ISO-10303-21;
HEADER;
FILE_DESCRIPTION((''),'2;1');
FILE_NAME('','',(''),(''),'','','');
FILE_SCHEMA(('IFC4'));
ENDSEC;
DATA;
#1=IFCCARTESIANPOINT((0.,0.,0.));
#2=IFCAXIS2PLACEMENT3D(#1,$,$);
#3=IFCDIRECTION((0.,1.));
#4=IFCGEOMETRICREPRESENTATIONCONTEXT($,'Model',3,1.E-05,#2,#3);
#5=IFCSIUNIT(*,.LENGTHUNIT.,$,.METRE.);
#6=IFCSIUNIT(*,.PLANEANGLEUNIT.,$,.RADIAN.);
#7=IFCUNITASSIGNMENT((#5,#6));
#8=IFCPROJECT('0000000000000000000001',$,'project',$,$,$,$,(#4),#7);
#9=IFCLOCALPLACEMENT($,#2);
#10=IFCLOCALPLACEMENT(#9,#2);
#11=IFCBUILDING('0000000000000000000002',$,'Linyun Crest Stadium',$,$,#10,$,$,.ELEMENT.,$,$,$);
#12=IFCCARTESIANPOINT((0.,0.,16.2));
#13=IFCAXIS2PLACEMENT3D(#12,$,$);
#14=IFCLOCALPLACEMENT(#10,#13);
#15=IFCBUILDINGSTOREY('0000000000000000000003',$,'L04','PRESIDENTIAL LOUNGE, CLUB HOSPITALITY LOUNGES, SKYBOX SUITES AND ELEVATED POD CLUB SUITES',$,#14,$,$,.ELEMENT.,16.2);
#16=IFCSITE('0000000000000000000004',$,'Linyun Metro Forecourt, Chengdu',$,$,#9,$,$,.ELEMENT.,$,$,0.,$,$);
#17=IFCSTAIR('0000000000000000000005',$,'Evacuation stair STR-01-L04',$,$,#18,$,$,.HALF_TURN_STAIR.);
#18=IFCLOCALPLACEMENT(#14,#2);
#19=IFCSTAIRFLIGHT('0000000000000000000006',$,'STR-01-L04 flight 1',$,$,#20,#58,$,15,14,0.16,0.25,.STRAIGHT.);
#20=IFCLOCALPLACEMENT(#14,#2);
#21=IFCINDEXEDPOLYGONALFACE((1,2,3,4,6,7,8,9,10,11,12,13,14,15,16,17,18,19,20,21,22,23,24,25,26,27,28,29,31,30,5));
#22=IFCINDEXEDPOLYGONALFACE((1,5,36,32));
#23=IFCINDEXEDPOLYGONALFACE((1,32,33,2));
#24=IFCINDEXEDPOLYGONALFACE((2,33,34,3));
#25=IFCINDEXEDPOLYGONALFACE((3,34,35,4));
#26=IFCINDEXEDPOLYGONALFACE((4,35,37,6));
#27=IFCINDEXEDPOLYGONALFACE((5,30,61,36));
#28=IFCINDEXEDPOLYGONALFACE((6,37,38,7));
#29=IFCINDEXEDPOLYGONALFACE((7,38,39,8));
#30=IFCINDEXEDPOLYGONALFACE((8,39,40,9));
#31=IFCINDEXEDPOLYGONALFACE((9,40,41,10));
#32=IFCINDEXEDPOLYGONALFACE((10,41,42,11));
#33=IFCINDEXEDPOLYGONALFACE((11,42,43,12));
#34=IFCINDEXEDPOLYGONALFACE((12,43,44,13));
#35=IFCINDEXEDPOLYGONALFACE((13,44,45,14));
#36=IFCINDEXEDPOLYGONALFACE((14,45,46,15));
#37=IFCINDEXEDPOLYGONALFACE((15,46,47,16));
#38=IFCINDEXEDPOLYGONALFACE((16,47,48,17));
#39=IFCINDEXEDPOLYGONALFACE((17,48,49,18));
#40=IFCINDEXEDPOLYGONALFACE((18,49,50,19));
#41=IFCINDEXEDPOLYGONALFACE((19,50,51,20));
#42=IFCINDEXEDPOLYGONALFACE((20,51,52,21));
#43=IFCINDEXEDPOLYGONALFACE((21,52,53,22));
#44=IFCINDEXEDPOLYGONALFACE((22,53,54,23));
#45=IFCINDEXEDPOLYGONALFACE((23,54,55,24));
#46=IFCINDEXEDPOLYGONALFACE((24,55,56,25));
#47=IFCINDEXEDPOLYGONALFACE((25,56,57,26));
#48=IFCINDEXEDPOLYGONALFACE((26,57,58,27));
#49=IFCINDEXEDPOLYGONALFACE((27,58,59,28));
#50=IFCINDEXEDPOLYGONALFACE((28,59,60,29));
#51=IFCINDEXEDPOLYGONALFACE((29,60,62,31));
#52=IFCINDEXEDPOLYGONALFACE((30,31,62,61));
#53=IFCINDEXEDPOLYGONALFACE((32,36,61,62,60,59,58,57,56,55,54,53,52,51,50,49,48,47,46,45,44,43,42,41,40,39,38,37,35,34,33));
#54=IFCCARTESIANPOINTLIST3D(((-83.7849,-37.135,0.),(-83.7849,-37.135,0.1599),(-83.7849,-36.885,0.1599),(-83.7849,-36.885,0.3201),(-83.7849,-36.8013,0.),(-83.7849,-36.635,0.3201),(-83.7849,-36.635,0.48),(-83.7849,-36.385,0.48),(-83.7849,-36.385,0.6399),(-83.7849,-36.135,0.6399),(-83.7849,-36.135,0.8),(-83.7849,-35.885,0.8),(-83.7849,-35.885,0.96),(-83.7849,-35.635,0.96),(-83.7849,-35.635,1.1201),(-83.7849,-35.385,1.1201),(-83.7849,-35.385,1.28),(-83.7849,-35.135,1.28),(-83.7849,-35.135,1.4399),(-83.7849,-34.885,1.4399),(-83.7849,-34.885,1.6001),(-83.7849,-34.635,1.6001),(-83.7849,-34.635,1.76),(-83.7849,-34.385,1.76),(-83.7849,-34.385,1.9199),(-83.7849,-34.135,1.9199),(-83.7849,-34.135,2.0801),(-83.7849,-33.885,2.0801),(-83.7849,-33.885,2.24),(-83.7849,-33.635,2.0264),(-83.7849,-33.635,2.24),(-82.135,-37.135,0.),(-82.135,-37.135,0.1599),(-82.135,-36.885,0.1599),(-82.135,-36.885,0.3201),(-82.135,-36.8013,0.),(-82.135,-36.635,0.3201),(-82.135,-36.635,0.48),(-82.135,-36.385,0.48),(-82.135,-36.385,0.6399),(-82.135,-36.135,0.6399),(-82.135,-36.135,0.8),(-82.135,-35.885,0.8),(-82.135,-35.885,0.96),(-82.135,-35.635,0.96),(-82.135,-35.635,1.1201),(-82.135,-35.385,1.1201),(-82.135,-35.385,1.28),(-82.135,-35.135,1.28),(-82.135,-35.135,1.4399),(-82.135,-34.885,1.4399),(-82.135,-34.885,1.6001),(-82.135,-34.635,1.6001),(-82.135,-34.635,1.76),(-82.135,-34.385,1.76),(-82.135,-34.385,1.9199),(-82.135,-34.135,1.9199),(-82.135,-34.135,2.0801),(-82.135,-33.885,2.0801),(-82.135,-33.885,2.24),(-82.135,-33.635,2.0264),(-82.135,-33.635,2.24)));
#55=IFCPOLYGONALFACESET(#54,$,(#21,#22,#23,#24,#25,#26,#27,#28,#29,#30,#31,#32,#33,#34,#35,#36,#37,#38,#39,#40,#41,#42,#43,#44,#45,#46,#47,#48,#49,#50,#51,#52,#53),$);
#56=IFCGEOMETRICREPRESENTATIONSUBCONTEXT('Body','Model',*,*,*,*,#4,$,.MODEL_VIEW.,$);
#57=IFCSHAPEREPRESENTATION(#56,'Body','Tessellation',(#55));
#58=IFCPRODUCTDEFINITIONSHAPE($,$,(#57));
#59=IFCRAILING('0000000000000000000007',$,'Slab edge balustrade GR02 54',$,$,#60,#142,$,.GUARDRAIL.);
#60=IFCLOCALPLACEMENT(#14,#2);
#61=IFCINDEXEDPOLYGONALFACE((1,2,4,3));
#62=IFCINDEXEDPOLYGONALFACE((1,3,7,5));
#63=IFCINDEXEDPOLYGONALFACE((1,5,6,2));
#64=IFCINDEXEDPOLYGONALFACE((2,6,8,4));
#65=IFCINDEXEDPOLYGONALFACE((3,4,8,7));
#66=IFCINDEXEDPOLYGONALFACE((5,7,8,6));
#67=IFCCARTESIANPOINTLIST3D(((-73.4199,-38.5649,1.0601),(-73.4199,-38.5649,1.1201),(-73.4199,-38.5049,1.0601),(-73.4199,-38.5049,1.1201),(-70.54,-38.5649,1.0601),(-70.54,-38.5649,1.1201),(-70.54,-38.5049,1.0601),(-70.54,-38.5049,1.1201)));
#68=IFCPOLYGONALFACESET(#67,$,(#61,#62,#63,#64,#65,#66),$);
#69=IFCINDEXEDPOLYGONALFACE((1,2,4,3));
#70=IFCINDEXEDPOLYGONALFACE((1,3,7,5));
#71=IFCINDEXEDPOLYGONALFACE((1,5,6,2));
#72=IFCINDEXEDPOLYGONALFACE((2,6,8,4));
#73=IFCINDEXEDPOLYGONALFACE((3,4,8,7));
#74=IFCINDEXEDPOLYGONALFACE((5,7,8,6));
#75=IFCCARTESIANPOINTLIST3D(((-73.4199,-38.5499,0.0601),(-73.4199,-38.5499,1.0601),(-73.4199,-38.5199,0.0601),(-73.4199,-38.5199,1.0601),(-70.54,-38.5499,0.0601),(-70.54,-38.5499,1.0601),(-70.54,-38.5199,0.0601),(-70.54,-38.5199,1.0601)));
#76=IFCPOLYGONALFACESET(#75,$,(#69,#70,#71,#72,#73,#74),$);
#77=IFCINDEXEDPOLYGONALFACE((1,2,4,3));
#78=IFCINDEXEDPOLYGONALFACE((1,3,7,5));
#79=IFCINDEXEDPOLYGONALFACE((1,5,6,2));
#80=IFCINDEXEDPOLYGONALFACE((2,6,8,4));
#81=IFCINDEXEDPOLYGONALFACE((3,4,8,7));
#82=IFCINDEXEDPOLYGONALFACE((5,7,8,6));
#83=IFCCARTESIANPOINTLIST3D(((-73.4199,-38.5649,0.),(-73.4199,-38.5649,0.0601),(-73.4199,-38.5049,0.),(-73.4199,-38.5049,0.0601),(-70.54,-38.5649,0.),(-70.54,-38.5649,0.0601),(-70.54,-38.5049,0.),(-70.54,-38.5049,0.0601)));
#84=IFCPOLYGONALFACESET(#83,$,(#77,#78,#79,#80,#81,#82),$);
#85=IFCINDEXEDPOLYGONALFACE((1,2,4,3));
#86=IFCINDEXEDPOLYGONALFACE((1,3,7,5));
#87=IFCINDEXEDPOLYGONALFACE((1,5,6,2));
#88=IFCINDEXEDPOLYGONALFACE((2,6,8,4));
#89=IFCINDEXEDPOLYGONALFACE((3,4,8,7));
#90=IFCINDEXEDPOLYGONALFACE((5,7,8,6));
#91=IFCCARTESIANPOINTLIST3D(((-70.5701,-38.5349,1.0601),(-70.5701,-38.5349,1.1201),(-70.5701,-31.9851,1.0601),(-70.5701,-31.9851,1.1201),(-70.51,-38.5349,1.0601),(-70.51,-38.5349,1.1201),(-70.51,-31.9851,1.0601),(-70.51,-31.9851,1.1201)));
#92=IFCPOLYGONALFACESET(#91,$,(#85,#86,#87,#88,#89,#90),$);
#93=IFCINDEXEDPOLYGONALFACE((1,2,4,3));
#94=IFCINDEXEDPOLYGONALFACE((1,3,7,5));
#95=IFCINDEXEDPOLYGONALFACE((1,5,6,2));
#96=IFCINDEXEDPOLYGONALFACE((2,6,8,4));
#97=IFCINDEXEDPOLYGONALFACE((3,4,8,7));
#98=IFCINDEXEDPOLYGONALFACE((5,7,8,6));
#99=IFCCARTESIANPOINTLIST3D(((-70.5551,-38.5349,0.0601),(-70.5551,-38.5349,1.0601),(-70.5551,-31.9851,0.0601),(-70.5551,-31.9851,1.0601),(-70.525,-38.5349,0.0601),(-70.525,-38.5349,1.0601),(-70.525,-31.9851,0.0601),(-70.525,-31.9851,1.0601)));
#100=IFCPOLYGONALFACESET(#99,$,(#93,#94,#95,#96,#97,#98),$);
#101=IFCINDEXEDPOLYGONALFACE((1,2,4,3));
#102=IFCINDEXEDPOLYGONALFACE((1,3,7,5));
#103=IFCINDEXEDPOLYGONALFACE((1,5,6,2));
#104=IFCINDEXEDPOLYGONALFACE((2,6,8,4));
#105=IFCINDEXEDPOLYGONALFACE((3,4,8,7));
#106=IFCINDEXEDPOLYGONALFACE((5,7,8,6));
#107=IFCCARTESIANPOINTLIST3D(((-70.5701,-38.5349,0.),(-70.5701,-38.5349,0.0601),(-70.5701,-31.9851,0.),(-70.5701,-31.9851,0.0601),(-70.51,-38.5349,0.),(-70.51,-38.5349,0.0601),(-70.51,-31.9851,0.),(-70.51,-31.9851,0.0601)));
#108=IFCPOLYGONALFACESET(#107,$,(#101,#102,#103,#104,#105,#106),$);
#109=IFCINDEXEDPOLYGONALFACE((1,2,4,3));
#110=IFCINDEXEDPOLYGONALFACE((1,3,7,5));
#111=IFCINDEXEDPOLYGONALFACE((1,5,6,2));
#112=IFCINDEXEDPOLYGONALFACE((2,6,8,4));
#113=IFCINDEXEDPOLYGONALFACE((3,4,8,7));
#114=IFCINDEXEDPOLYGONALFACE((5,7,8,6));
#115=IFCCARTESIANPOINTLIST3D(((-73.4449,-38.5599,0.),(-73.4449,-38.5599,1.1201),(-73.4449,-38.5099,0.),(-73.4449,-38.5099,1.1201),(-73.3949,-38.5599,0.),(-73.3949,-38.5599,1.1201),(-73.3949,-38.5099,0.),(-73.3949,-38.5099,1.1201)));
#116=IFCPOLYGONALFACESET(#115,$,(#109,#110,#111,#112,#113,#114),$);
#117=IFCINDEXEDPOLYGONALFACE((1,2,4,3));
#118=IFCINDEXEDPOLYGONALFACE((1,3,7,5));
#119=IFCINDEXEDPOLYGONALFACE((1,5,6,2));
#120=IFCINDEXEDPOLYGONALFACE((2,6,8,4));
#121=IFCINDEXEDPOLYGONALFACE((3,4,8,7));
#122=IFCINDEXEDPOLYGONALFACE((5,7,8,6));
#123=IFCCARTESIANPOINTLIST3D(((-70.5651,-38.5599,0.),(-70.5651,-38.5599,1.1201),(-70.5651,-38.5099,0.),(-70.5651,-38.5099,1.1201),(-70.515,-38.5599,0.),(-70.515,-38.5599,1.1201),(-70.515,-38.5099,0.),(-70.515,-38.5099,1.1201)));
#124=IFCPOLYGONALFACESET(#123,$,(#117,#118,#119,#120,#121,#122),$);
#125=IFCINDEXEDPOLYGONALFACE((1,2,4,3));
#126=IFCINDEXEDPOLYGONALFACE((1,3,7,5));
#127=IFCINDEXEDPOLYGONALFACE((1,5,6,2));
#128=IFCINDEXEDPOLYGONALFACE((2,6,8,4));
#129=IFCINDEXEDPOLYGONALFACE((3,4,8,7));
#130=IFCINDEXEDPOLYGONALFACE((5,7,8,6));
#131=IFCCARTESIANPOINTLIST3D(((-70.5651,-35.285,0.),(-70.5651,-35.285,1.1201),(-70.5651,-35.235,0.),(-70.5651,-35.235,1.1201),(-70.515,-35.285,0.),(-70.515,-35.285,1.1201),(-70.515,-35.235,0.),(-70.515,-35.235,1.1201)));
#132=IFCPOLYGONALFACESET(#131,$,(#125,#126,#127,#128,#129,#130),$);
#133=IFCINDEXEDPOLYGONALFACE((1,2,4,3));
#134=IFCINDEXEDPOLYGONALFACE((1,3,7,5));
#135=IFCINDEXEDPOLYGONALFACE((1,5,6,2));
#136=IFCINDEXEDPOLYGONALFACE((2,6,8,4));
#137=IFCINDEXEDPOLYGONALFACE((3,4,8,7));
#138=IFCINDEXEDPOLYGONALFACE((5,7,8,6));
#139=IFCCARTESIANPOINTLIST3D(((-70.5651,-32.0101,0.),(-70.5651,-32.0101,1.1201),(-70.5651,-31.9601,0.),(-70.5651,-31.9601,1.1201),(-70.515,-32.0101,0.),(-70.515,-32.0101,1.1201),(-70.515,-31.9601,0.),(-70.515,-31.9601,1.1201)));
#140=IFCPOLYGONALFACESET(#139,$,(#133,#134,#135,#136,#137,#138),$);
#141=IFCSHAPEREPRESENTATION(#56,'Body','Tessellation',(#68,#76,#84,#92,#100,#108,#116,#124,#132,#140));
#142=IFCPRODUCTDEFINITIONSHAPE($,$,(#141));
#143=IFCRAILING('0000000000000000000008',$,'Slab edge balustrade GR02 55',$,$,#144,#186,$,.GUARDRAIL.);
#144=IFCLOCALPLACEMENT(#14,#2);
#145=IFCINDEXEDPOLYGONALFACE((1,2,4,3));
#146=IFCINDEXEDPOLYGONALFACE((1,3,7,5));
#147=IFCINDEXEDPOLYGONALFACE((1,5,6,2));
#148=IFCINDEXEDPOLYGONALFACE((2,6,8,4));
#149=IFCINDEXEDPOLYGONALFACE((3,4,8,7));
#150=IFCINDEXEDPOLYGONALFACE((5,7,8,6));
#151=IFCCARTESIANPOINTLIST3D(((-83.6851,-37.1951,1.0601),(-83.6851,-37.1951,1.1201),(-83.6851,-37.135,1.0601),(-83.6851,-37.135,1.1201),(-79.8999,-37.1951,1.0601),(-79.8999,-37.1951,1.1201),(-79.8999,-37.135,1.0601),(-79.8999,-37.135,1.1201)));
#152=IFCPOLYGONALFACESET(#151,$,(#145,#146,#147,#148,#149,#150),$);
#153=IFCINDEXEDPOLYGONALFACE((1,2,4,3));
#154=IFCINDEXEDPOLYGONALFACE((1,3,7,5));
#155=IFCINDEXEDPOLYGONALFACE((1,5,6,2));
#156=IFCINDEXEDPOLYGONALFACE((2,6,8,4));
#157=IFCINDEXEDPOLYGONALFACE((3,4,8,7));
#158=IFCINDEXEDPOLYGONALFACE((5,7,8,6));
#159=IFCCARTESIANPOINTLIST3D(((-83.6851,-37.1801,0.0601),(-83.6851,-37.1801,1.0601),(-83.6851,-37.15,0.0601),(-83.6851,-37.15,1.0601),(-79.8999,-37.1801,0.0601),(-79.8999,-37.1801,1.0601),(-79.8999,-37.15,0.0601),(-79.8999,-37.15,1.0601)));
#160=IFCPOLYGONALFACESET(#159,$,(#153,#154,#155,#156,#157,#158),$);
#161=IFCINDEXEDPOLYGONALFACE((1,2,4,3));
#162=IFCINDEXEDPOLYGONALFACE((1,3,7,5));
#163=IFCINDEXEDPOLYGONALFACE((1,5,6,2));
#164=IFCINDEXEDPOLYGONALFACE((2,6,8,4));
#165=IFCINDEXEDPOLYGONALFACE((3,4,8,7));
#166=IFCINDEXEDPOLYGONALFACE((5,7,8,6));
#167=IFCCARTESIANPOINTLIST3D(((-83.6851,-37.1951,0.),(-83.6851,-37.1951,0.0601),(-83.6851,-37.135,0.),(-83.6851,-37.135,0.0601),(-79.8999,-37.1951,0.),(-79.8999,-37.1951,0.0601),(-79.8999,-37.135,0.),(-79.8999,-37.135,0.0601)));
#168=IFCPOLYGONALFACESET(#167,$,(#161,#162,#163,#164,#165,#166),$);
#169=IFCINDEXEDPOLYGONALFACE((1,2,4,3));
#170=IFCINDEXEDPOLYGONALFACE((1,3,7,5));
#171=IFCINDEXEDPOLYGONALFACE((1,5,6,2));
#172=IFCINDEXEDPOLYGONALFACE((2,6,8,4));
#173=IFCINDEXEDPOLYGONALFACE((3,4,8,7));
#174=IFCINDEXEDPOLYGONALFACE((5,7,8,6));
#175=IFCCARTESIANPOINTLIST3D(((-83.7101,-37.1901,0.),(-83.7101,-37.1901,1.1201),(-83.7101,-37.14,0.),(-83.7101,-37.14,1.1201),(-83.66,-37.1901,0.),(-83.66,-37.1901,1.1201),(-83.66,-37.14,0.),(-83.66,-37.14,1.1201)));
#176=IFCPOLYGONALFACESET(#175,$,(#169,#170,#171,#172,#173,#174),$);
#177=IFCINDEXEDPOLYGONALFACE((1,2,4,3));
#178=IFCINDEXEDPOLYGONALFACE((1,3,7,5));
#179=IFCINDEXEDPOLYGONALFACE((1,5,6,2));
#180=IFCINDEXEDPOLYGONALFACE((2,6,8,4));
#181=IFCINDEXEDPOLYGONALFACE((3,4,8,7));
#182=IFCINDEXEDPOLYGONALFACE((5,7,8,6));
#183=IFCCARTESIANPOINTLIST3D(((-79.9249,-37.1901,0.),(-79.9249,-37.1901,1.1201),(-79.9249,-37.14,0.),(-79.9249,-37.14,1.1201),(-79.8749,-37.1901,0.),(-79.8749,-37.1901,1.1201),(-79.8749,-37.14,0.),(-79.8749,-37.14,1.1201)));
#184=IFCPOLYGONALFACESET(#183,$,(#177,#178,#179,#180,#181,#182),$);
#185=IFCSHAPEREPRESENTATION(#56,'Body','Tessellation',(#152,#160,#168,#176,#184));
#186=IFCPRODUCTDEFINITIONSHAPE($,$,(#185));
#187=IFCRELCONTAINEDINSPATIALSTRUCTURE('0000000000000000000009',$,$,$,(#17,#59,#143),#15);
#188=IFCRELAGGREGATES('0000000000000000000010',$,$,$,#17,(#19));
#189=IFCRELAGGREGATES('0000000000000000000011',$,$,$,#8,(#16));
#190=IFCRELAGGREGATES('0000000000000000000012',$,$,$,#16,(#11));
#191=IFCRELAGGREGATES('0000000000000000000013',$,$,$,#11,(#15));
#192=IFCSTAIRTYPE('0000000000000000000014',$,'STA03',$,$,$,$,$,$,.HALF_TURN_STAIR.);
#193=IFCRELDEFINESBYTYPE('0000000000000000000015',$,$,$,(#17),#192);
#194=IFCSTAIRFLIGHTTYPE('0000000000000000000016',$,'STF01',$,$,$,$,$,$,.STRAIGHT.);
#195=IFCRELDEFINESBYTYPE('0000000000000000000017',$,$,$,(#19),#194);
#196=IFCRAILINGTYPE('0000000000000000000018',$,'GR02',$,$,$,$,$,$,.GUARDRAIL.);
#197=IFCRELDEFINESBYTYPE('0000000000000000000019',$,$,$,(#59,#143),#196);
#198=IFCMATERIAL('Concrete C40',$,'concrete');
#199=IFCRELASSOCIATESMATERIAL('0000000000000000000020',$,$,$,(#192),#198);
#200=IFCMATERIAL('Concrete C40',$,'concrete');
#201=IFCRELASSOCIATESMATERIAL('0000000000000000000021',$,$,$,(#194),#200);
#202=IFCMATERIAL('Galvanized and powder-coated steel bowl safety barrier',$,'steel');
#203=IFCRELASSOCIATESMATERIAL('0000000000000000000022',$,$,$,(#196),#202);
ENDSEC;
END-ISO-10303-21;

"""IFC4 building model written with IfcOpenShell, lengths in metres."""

from ifc_helpers import new_model, si_unit, direction, frame, origin, origin_2d, place, context, subcontext, project, spatial, polyline, rectangle, outline, extrude, material, type_object, element, aggregate, save


model = new_model("IFC4")

# Units and contexts
model_context = context("Model", 3, precision=1e-05, world=origin(), true_north=direction((0.0, 1.0)))
body_context = subcontext(model_context, "Body", "Model", "MODEL_VIEW")
ifc_project = project(units=[si_unit("LENGTHUNIT", "METRE"), si_unit("PLANEANGLEUNIT", "RADIAN")], contexts=[model_context])

# Site, building, storey
site_placement = place(None, origin())
site = spatial("IfcSite", under=ifc_project, at=site_placement, Name="Linyun Metro Forecourt, Chengdu", CompositionType="ELEMENT", RefElevation=0.0)
building_placement = place(site_placement, origin())
building = spatial("IfcBuilding", under=site, at=building_placement, Name="Linyun Crest Stadium", CompositionType="ELEMENT")
storey_placement = place(building_placement, frame((0.0, 0.0, 16.2)))
storey = spatial("IfcBuildingStorey", under=building, at=storey_placement, Name="L04", Description="PRESIDENTIAL LOUNGE, CLUB HOSPITALITY LOUNGES, SKYBOX SUITES AND ELEVATED POD CLUB SUITES", CompositionType="ELEMENT", Elevation=16.2)

# Stair, stair flight
ifc_material_1 = material(Name="Concrete C40", Category="concrete")
stair_type = type_object("IfcStairType", Name="STA03", PredefinedType="HALF_TURN_STAIR", material=ifc_material_1)
stair_placement = place(storey_placement, origin())
stair = element("IfcStair", 1, at=stair_placement, inside=storey, type_object=stair_type, Name="Evacuation stair STR-01-L04", PredefinedType="HALF_TURN_STAIR")
ifc_material_2 = material(Name="Concrete C40", Category="concrete")
stair_flight_type = type_object("IfcStairFlightType", Name="STF01", PredefinedType="STRAIGHT", material=ifc_material_2)
stair_flight_placement = place(storey_placement, frame((-82.96, -37.135, 0.0), z_axis=(0.0, 0.0, 1.0), x_axis=(0.0, 1.0, 0.0)))
stair_flight = element("IfcStairFlight", 2, at=stair_flight_placement, type_object=stair_flight_type, Name="STR-01-L04 flight 1", NumberOfRisers=15, NumberOfTreads=14, PredefinedType="STRAIGHT", RiserHeight=0.16, TreadLength=0.25, context=body_context, shape_type="SweptSolid", body=[
    extrude(outline(polyline([(0.0, 0.0), (0.0, 0.1599), (0.25, 0.1599), (0.25, 0.3201), (0.5, 0.3201), (0.5, 0.48), (0.75, 0.48), (0.75, 0.6399), (1.0, 0.6399), (1.0, 0.8), (1.25, 0.8), (1.25, 0.96), (1.5, 0.96), (1.5, 1.1201), (1.75, 1.1201), (1.75, 1.28), (2.0, 1.28), (2.0, 1.4399), (2.25, 1.4399), (2.25, 1.6001), (2.5, 1.6001), (2.5, 1.76), (2.75, 1.76), (2.75, 1.9199), (3.0, 1.9199), (3.0, 2.0801), (3.25, 2.0801), (3.25, 2.24), (3.5, 2.24), (3.5, 2.3999), (3.5, 2.0264), (0.3337, 0.0), (0.0, 0.0)])), frame((0.0, 0.825, 0.0), z_axis=(0.0, -1.0, 0.0), x_axis=(1.0, 0.0, 0.0)), (0.0, 0.0, 1.0), 1.6499),
])
aggregate(stair, [stair_flight])

# Railings
ifc_material_3 = material(Name="Galvanized and powder-coated steel bowl safety barrier", Category="steel")
railing_type_1 = type_object("IfcRailingType", Name="GR02", PredefinedType="GUARDRAIL", material=ifc_material_3)
railing_1_placement = place(storey_placement, frame((-73.4199, -38.5349, 0.0)))
element("IfcRailing", 3, at=railing_1_placement, inside=storey, type_object=railing_type_1, Name="Slab edge balustrade GR02 54", PredefinedType="GUARDRAIL", context=body_context, shape_type="SweptSolid", body=[
    extrude(rectangle(XDim=0.0601, YDim=0.0601, at=origin_2d()), frame((0.0, 0.0, 1.0901), z_axis=(1.0, 0.0, 0.0), x_axis=(0.0, 1.0, 0.0)), (0.0, 0.0, 1.0), 2.8799),
    extrude(rectangle(XDim=0.03, YDim=1.0, at=origin_2d()), frame((0.0, 0.0, 0.5601), z_axis=(1.0, 0.0, 0.0), x_axis=(0.0, 1.0, 0.0)), (0.0, 0.0, 1.0), 2.8799),
    extrude(rectangle(XDim=0.0601, YDim=0.0601, at=origin_2d()), frame((0.0, 0.0, 0.03), z_axis=(1.0, 0.0, 0.0), x_axis=(0.0, 1.0, 0.0)), (0.0, 0.0, 1.0), 2.8799),
    extrude(rectangle(XDim=0.0601, YDim=0.0601, at=origin_2d()), frame((2.8799, 0.0, 1.0901), z_axis=(0.0, 1.0, 0.0), x_axis=(-1.0, 0.0, 0.0)), (0.0, 0.0, 1.0), 6.5498),
    extrude(rectangle(XDim=0.03, YDim=1.0, at=origin_2d()), frame((2.8799, 0.0, 0.5601), z_axis=(0.0, 1.0, 0.0), x_axis=(-1.0, 0.0, 0.0)), (0.0, 0.0, 1.0), 6.5498),
    extrude(rectangle(XDim=0.0601, YDim=0.0601, at=origin_2d()), frame((2.8799, 0.0, 0.03), z_axis=(0.0, 1.0, 0.0), x_axis=(-1.0, 0.0, 0.0)), (0.0, 0.0, 1.0), 6.5498),
    extrude(rectangle(XDim=0.05, YDim=0.05, at=origin_2d()), origin(), (0.0, 0.0, 1.0), 1.1201),
    extrude(rectangle(XDim=0.05, YDim=0.05, at=origin_2d()), frame((2.8799, 0.0, 0.0)), (0.0, 0.0, 1.0), 1.1201),
    extrude(rectangle(XDim=0.05, YDim=0.05, at=origin_2d()), frame((2.8799, 3.2749, 0.0)), (0.0, 0.0, 1.0), 1.1201),
    extrude(rectangle(XDim=0.05, YDim=0.05, at=origin_2d()), frame((2.8799, 6.5498, 0.0)), (0.0, 0.0, 1.0), 1.1201),
])
railing_2_placement = place(storey_placement, frame((-83.6851, -37.165, 0.0)))
element("IfcRailing", 4, at=railing_2_placement, inside=storey, type_object=railing_type_1, Name="Slab edge balustrade GR02 55", PredefinedType="GUARDRAIL", context=body_context, shape_type="SweptSolid", body=[
    extrude(rectangle(XDim=0.0601, YDim=0.0601, at=origin_2d()), frame((0.0, 0.0, 1.0901), z_axis=(1.0, 0.0, 0.0), x_axis=(0.0, 1.0, 0.0)), (0.0, 0.0, 1.0), 3.7852),
    extrude(rectangle(XDim=0.03, YDim=1.0, at=origin_2d()), frame((0.0, 0.0, 0.5601), z_axis=(1.0, 0.0, 0.0), x_axis=(0.0, 1.0, 0.0)), (0.0, 0.0, 1.0), 3.7852),
    extrude(rectangle(XDim=0.0601, YDim=0.0601, at=origin_2d()), frame((0.0, 0.0, 0.03), z_axis=(1.0, 0.0, 0.0), x_axis=(0.0, 1.0, 0.0)), (0.0, 0.0, 1.0), 3.7852),
    extrude(rectangle(XDim=0.05, YDim=0.05, at=origin_2d()), origin(), (0.0, 0.0, 1.0), 1.1201),
    extrude(rectangle(XDim=0.05, YDim=0.05, at=origin_2d()), frame((3.7852, 0.0, 0.0)), (0.0, 0.0, 1.0), 1.1201),
])

save(model, "model.ifc")
